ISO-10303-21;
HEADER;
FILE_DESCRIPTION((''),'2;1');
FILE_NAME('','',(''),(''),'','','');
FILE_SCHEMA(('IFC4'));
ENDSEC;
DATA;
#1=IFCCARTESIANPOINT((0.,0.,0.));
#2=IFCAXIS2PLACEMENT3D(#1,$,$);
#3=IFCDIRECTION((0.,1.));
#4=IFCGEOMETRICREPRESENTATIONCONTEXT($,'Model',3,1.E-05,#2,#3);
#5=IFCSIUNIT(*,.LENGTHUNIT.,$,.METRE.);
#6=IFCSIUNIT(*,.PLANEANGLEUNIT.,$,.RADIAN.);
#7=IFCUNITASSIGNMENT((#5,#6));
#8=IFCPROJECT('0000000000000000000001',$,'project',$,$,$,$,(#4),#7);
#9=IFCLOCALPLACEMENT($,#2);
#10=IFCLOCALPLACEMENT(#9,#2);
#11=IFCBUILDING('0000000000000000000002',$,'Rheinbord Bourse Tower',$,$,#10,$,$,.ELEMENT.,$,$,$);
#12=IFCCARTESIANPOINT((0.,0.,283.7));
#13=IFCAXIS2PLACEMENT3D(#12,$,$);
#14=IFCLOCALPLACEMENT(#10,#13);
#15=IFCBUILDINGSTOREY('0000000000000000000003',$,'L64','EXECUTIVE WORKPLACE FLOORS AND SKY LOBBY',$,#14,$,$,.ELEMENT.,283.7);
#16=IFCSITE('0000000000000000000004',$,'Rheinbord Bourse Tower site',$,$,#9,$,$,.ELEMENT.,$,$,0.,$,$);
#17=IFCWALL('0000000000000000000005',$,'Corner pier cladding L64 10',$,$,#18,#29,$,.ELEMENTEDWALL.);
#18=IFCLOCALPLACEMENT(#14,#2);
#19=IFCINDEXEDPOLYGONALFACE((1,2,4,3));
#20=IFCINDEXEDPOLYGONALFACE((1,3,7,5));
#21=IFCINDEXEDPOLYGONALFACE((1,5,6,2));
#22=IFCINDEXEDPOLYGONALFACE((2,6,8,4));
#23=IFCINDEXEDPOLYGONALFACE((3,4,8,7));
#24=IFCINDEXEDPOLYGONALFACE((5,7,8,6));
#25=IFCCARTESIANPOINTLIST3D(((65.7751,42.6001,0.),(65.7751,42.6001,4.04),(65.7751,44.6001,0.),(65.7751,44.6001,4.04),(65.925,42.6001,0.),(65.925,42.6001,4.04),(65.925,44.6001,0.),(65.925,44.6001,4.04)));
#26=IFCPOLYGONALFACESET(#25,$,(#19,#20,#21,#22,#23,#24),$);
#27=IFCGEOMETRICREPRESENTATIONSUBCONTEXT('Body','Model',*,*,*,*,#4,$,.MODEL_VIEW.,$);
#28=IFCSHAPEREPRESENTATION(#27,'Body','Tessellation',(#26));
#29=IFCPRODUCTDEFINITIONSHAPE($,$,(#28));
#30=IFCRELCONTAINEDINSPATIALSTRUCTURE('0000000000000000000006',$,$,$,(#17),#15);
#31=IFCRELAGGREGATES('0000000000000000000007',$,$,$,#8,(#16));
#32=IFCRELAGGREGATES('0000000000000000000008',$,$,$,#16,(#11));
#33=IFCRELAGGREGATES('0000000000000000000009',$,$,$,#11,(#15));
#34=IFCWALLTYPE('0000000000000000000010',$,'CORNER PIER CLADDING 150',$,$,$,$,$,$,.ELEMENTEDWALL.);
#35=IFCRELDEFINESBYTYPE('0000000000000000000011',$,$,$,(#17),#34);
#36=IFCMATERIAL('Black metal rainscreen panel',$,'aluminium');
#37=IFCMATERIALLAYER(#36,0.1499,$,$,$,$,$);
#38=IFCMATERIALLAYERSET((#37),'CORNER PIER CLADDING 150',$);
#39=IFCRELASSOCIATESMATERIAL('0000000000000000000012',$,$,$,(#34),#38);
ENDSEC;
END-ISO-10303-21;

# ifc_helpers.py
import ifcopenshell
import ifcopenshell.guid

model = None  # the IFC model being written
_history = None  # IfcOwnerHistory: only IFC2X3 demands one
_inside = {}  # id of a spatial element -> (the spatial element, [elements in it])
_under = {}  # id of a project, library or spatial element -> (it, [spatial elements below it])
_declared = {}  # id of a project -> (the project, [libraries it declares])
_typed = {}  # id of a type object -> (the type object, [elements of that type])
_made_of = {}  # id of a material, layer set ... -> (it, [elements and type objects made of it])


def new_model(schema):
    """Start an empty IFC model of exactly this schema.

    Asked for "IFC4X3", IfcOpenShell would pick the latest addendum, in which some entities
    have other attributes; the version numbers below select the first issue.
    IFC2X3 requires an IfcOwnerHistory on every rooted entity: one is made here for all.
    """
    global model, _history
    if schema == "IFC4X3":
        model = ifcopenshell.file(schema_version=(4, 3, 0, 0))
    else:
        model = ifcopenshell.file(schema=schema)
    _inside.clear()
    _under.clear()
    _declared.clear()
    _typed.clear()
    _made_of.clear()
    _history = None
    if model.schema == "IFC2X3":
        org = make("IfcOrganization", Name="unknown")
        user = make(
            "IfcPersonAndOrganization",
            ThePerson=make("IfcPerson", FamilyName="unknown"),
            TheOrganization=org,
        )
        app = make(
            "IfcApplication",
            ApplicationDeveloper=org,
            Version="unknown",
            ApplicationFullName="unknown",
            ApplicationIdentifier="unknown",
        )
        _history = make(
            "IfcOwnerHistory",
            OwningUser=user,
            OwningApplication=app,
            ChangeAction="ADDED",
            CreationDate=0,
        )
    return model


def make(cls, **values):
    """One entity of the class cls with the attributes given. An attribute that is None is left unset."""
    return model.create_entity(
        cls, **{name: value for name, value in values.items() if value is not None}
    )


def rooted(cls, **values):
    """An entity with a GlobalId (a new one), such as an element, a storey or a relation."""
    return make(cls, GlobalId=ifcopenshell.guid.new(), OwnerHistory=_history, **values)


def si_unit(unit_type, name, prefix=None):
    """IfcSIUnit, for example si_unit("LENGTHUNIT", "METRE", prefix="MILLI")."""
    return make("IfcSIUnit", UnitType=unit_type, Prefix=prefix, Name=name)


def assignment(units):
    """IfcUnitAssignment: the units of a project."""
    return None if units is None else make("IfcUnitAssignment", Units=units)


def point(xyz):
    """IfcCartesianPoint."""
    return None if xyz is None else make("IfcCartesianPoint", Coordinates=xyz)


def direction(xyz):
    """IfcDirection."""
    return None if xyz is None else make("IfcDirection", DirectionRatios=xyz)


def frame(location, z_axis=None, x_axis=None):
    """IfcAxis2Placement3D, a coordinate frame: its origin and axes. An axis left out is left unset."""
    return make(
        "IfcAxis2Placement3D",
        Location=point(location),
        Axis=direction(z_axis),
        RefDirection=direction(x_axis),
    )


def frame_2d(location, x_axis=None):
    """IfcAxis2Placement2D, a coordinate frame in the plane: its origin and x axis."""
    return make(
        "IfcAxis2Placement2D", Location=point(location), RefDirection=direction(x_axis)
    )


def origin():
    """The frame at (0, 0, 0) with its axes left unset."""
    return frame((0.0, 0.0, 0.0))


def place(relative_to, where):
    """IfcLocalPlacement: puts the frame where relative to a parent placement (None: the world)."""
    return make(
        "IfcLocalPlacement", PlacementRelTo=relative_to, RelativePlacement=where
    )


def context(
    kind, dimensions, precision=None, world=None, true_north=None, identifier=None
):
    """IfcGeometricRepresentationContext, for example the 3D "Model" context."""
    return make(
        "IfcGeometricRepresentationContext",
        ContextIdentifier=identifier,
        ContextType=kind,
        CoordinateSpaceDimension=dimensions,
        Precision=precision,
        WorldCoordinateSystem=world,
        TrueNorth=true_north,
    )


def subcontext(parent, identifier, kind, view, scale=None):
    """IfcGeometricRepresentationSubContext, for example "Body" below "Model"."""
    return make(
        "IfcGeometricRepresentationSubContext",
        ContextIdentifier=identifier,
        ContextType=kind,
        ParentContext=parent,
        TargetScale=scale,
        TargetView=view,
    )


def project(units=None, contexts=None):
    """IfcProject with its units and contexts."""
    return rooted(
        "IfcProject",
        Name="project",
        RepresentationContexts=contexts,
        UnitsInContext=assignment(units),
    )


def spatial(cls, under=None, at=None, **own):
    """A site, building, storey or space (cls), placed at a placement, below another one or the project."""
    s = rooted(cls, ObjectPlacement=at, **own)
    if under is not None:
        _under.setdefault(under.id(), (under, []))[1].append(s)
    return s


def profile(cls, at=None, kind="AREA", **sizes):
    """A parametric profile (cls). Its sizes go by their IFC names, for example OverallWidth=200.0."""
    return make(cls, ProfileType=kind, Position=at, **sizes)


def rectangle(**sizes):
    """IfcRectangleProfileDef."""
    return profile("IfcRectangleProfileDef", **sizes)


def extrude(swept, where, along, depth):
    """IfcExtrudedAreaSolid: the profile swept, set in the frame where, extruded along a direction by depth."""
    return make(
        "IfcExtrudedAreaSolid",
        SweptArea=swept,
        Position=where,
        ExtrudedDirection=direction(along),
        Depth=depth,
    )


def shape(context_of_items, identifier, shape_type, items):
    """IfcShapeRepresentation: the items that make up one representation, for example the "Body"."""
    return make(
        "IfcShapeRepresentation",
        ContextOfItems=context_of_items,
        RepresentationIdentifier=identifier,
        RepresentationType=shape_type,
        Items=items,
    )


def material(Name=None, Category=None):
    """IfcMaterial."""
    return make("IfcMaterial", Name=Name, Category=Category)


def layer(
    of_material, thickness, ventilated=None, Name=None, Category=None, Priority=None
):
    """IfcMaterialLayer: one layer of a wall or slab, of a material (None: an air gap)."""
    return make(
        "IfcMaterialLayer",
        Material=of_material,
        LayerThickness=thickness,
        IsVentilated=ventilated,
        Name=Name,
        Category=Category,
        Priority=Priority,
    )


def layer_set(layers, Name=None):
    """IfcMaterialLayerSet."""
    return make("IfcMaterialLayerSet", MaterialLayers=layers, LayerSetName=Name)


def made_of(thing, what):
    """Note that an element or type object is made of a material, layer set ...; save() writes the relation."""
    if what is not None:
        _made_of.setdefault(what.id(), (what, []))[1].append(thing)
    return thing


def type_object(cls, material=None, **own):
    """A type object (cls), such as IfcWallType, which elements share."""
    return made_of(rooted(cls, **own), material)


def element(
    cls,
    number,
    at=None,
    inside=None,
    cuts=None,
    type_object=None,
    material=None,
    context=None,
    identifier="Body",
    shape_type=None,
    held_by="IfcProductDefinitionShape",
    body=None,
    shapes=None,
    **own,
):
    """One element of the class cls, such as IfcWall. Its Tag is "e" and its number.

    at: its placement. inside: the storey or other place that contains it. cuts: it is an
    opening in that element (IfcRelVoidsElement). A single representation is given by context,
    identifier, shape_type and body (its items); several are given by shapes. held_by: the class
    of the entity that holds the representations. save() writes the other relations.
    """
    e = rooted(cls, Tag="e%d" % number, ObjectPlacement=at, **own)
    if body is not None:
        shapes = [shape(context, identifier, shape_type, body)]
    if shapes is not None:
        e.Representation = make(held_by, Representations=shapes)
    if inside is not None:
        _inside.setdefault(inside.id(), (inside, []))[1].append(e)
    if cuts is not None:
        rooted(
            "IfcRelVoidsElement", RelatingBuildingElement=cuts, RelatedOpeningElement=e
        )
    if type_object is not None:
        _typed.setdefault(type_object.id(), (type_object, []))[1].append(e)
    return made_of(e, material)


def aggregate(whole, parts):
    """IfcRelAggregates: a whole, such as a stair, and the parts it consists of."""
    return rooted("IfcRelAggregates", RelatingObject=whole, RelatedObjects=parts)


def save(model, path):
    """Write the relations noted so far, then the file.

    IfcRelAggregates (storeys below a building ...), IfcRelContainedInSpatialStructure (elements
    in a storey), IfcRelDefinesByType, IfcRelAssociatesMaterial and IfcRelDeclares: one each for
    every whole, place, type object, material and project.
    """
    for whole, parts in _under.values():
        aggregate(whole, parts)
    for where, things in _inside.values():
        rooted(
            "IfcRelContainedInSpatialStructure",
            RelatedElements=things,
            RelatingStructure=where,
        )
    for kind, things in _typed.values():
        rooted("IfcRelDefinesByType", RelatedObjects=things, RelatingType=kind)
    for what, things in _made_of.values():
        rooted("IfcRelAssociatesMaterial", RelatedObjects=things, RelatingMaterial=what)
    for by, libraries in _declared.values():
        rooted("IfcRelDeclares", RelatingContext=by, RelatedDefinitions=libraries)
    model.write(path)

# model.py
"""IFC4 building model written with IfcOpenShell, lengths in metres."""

from ifc_helpers import new_model, si_unit, direction, frame, frame_2d, origin, place, context, subcontext, project, spatial, rectangle, extrude, material, layer, layer_set, type_object, element, save


model = new_model("IFC4")

# Units and contexts
model_context = context("Model", 3, precision=1e-05, world=origin(), true_north=direction((0.0, 1.0)))
body_context = subcontext(model_context, "Body", "Model", "MODEL_VIEW")
ifc_project = project(units=[si_unit("LENGTHUNIT", "METRE"), si_unit("PLANEANGLEUNIT", "RADIAN")], contexts=[model_context])

# Site, building, storey
site_placement = place(None, origin())
site = spatial("IfcSite", under=ifc_project, at=site_placement, Name="Rheinbord Bourse Tower site", CompositionType="ELEMENT", RefElevation=0.0)
building_placement = place(site_placement, origin())
building = spatial("IfcBuilding", under=site, at=building_placement, Name="Rheinbord Bourse Tower", CompositionType="ELEMENT")
storey_placement = place(building_placement, frame((0.0, 0.0, 283.7)))
storey = spatial("IfcBuildingStorey", under=building, at=storey_placement, Name="L64", Description="EXECUTIVE WORKPLACE FLOORS AND SKY LOBBY", CompositionType="ELEMENT", Elevation=283.7)

# Wall
ifc_material_1 = material(Name="Black metal rainscreen panel", Category="aluminium")
ifc_layer_1 = layer(ifc_material_1, 0.1499)
ifc_layer_set_1 = layer_set([ifc_layer_1], Name="CORNER PIER CLADDING 150")
wall_type = type_object("IfcWallType", Name="CORNER PIER CLADDING 150", PredefinedType="ELEMENTEDWALL", material=ifc_layer_set_1)
wall_1_placement = place(storey_placement, frame((65.8501, 42.6001, 0.0), z_axis=(0.0, 0.0, 1.0), x_axis=(0.0, 1.0, 0.0)))
element("IfcWall", 1, at=wall_1_placement, inside=storey, type_object=wall_type, Name="Corner pier cladding L64 10", PredefinedType="ELEMENTEDWALL", context=body_context, shape_type="SweptSolid", body=[
    extrude(rectangle(XDim=2.0, YDim=0.1499, at=frame_2d((1.0, 0.0))), origin(), (0.0, 0.0, 1.0), 4.04),
])

save(model, "model.ifc")
